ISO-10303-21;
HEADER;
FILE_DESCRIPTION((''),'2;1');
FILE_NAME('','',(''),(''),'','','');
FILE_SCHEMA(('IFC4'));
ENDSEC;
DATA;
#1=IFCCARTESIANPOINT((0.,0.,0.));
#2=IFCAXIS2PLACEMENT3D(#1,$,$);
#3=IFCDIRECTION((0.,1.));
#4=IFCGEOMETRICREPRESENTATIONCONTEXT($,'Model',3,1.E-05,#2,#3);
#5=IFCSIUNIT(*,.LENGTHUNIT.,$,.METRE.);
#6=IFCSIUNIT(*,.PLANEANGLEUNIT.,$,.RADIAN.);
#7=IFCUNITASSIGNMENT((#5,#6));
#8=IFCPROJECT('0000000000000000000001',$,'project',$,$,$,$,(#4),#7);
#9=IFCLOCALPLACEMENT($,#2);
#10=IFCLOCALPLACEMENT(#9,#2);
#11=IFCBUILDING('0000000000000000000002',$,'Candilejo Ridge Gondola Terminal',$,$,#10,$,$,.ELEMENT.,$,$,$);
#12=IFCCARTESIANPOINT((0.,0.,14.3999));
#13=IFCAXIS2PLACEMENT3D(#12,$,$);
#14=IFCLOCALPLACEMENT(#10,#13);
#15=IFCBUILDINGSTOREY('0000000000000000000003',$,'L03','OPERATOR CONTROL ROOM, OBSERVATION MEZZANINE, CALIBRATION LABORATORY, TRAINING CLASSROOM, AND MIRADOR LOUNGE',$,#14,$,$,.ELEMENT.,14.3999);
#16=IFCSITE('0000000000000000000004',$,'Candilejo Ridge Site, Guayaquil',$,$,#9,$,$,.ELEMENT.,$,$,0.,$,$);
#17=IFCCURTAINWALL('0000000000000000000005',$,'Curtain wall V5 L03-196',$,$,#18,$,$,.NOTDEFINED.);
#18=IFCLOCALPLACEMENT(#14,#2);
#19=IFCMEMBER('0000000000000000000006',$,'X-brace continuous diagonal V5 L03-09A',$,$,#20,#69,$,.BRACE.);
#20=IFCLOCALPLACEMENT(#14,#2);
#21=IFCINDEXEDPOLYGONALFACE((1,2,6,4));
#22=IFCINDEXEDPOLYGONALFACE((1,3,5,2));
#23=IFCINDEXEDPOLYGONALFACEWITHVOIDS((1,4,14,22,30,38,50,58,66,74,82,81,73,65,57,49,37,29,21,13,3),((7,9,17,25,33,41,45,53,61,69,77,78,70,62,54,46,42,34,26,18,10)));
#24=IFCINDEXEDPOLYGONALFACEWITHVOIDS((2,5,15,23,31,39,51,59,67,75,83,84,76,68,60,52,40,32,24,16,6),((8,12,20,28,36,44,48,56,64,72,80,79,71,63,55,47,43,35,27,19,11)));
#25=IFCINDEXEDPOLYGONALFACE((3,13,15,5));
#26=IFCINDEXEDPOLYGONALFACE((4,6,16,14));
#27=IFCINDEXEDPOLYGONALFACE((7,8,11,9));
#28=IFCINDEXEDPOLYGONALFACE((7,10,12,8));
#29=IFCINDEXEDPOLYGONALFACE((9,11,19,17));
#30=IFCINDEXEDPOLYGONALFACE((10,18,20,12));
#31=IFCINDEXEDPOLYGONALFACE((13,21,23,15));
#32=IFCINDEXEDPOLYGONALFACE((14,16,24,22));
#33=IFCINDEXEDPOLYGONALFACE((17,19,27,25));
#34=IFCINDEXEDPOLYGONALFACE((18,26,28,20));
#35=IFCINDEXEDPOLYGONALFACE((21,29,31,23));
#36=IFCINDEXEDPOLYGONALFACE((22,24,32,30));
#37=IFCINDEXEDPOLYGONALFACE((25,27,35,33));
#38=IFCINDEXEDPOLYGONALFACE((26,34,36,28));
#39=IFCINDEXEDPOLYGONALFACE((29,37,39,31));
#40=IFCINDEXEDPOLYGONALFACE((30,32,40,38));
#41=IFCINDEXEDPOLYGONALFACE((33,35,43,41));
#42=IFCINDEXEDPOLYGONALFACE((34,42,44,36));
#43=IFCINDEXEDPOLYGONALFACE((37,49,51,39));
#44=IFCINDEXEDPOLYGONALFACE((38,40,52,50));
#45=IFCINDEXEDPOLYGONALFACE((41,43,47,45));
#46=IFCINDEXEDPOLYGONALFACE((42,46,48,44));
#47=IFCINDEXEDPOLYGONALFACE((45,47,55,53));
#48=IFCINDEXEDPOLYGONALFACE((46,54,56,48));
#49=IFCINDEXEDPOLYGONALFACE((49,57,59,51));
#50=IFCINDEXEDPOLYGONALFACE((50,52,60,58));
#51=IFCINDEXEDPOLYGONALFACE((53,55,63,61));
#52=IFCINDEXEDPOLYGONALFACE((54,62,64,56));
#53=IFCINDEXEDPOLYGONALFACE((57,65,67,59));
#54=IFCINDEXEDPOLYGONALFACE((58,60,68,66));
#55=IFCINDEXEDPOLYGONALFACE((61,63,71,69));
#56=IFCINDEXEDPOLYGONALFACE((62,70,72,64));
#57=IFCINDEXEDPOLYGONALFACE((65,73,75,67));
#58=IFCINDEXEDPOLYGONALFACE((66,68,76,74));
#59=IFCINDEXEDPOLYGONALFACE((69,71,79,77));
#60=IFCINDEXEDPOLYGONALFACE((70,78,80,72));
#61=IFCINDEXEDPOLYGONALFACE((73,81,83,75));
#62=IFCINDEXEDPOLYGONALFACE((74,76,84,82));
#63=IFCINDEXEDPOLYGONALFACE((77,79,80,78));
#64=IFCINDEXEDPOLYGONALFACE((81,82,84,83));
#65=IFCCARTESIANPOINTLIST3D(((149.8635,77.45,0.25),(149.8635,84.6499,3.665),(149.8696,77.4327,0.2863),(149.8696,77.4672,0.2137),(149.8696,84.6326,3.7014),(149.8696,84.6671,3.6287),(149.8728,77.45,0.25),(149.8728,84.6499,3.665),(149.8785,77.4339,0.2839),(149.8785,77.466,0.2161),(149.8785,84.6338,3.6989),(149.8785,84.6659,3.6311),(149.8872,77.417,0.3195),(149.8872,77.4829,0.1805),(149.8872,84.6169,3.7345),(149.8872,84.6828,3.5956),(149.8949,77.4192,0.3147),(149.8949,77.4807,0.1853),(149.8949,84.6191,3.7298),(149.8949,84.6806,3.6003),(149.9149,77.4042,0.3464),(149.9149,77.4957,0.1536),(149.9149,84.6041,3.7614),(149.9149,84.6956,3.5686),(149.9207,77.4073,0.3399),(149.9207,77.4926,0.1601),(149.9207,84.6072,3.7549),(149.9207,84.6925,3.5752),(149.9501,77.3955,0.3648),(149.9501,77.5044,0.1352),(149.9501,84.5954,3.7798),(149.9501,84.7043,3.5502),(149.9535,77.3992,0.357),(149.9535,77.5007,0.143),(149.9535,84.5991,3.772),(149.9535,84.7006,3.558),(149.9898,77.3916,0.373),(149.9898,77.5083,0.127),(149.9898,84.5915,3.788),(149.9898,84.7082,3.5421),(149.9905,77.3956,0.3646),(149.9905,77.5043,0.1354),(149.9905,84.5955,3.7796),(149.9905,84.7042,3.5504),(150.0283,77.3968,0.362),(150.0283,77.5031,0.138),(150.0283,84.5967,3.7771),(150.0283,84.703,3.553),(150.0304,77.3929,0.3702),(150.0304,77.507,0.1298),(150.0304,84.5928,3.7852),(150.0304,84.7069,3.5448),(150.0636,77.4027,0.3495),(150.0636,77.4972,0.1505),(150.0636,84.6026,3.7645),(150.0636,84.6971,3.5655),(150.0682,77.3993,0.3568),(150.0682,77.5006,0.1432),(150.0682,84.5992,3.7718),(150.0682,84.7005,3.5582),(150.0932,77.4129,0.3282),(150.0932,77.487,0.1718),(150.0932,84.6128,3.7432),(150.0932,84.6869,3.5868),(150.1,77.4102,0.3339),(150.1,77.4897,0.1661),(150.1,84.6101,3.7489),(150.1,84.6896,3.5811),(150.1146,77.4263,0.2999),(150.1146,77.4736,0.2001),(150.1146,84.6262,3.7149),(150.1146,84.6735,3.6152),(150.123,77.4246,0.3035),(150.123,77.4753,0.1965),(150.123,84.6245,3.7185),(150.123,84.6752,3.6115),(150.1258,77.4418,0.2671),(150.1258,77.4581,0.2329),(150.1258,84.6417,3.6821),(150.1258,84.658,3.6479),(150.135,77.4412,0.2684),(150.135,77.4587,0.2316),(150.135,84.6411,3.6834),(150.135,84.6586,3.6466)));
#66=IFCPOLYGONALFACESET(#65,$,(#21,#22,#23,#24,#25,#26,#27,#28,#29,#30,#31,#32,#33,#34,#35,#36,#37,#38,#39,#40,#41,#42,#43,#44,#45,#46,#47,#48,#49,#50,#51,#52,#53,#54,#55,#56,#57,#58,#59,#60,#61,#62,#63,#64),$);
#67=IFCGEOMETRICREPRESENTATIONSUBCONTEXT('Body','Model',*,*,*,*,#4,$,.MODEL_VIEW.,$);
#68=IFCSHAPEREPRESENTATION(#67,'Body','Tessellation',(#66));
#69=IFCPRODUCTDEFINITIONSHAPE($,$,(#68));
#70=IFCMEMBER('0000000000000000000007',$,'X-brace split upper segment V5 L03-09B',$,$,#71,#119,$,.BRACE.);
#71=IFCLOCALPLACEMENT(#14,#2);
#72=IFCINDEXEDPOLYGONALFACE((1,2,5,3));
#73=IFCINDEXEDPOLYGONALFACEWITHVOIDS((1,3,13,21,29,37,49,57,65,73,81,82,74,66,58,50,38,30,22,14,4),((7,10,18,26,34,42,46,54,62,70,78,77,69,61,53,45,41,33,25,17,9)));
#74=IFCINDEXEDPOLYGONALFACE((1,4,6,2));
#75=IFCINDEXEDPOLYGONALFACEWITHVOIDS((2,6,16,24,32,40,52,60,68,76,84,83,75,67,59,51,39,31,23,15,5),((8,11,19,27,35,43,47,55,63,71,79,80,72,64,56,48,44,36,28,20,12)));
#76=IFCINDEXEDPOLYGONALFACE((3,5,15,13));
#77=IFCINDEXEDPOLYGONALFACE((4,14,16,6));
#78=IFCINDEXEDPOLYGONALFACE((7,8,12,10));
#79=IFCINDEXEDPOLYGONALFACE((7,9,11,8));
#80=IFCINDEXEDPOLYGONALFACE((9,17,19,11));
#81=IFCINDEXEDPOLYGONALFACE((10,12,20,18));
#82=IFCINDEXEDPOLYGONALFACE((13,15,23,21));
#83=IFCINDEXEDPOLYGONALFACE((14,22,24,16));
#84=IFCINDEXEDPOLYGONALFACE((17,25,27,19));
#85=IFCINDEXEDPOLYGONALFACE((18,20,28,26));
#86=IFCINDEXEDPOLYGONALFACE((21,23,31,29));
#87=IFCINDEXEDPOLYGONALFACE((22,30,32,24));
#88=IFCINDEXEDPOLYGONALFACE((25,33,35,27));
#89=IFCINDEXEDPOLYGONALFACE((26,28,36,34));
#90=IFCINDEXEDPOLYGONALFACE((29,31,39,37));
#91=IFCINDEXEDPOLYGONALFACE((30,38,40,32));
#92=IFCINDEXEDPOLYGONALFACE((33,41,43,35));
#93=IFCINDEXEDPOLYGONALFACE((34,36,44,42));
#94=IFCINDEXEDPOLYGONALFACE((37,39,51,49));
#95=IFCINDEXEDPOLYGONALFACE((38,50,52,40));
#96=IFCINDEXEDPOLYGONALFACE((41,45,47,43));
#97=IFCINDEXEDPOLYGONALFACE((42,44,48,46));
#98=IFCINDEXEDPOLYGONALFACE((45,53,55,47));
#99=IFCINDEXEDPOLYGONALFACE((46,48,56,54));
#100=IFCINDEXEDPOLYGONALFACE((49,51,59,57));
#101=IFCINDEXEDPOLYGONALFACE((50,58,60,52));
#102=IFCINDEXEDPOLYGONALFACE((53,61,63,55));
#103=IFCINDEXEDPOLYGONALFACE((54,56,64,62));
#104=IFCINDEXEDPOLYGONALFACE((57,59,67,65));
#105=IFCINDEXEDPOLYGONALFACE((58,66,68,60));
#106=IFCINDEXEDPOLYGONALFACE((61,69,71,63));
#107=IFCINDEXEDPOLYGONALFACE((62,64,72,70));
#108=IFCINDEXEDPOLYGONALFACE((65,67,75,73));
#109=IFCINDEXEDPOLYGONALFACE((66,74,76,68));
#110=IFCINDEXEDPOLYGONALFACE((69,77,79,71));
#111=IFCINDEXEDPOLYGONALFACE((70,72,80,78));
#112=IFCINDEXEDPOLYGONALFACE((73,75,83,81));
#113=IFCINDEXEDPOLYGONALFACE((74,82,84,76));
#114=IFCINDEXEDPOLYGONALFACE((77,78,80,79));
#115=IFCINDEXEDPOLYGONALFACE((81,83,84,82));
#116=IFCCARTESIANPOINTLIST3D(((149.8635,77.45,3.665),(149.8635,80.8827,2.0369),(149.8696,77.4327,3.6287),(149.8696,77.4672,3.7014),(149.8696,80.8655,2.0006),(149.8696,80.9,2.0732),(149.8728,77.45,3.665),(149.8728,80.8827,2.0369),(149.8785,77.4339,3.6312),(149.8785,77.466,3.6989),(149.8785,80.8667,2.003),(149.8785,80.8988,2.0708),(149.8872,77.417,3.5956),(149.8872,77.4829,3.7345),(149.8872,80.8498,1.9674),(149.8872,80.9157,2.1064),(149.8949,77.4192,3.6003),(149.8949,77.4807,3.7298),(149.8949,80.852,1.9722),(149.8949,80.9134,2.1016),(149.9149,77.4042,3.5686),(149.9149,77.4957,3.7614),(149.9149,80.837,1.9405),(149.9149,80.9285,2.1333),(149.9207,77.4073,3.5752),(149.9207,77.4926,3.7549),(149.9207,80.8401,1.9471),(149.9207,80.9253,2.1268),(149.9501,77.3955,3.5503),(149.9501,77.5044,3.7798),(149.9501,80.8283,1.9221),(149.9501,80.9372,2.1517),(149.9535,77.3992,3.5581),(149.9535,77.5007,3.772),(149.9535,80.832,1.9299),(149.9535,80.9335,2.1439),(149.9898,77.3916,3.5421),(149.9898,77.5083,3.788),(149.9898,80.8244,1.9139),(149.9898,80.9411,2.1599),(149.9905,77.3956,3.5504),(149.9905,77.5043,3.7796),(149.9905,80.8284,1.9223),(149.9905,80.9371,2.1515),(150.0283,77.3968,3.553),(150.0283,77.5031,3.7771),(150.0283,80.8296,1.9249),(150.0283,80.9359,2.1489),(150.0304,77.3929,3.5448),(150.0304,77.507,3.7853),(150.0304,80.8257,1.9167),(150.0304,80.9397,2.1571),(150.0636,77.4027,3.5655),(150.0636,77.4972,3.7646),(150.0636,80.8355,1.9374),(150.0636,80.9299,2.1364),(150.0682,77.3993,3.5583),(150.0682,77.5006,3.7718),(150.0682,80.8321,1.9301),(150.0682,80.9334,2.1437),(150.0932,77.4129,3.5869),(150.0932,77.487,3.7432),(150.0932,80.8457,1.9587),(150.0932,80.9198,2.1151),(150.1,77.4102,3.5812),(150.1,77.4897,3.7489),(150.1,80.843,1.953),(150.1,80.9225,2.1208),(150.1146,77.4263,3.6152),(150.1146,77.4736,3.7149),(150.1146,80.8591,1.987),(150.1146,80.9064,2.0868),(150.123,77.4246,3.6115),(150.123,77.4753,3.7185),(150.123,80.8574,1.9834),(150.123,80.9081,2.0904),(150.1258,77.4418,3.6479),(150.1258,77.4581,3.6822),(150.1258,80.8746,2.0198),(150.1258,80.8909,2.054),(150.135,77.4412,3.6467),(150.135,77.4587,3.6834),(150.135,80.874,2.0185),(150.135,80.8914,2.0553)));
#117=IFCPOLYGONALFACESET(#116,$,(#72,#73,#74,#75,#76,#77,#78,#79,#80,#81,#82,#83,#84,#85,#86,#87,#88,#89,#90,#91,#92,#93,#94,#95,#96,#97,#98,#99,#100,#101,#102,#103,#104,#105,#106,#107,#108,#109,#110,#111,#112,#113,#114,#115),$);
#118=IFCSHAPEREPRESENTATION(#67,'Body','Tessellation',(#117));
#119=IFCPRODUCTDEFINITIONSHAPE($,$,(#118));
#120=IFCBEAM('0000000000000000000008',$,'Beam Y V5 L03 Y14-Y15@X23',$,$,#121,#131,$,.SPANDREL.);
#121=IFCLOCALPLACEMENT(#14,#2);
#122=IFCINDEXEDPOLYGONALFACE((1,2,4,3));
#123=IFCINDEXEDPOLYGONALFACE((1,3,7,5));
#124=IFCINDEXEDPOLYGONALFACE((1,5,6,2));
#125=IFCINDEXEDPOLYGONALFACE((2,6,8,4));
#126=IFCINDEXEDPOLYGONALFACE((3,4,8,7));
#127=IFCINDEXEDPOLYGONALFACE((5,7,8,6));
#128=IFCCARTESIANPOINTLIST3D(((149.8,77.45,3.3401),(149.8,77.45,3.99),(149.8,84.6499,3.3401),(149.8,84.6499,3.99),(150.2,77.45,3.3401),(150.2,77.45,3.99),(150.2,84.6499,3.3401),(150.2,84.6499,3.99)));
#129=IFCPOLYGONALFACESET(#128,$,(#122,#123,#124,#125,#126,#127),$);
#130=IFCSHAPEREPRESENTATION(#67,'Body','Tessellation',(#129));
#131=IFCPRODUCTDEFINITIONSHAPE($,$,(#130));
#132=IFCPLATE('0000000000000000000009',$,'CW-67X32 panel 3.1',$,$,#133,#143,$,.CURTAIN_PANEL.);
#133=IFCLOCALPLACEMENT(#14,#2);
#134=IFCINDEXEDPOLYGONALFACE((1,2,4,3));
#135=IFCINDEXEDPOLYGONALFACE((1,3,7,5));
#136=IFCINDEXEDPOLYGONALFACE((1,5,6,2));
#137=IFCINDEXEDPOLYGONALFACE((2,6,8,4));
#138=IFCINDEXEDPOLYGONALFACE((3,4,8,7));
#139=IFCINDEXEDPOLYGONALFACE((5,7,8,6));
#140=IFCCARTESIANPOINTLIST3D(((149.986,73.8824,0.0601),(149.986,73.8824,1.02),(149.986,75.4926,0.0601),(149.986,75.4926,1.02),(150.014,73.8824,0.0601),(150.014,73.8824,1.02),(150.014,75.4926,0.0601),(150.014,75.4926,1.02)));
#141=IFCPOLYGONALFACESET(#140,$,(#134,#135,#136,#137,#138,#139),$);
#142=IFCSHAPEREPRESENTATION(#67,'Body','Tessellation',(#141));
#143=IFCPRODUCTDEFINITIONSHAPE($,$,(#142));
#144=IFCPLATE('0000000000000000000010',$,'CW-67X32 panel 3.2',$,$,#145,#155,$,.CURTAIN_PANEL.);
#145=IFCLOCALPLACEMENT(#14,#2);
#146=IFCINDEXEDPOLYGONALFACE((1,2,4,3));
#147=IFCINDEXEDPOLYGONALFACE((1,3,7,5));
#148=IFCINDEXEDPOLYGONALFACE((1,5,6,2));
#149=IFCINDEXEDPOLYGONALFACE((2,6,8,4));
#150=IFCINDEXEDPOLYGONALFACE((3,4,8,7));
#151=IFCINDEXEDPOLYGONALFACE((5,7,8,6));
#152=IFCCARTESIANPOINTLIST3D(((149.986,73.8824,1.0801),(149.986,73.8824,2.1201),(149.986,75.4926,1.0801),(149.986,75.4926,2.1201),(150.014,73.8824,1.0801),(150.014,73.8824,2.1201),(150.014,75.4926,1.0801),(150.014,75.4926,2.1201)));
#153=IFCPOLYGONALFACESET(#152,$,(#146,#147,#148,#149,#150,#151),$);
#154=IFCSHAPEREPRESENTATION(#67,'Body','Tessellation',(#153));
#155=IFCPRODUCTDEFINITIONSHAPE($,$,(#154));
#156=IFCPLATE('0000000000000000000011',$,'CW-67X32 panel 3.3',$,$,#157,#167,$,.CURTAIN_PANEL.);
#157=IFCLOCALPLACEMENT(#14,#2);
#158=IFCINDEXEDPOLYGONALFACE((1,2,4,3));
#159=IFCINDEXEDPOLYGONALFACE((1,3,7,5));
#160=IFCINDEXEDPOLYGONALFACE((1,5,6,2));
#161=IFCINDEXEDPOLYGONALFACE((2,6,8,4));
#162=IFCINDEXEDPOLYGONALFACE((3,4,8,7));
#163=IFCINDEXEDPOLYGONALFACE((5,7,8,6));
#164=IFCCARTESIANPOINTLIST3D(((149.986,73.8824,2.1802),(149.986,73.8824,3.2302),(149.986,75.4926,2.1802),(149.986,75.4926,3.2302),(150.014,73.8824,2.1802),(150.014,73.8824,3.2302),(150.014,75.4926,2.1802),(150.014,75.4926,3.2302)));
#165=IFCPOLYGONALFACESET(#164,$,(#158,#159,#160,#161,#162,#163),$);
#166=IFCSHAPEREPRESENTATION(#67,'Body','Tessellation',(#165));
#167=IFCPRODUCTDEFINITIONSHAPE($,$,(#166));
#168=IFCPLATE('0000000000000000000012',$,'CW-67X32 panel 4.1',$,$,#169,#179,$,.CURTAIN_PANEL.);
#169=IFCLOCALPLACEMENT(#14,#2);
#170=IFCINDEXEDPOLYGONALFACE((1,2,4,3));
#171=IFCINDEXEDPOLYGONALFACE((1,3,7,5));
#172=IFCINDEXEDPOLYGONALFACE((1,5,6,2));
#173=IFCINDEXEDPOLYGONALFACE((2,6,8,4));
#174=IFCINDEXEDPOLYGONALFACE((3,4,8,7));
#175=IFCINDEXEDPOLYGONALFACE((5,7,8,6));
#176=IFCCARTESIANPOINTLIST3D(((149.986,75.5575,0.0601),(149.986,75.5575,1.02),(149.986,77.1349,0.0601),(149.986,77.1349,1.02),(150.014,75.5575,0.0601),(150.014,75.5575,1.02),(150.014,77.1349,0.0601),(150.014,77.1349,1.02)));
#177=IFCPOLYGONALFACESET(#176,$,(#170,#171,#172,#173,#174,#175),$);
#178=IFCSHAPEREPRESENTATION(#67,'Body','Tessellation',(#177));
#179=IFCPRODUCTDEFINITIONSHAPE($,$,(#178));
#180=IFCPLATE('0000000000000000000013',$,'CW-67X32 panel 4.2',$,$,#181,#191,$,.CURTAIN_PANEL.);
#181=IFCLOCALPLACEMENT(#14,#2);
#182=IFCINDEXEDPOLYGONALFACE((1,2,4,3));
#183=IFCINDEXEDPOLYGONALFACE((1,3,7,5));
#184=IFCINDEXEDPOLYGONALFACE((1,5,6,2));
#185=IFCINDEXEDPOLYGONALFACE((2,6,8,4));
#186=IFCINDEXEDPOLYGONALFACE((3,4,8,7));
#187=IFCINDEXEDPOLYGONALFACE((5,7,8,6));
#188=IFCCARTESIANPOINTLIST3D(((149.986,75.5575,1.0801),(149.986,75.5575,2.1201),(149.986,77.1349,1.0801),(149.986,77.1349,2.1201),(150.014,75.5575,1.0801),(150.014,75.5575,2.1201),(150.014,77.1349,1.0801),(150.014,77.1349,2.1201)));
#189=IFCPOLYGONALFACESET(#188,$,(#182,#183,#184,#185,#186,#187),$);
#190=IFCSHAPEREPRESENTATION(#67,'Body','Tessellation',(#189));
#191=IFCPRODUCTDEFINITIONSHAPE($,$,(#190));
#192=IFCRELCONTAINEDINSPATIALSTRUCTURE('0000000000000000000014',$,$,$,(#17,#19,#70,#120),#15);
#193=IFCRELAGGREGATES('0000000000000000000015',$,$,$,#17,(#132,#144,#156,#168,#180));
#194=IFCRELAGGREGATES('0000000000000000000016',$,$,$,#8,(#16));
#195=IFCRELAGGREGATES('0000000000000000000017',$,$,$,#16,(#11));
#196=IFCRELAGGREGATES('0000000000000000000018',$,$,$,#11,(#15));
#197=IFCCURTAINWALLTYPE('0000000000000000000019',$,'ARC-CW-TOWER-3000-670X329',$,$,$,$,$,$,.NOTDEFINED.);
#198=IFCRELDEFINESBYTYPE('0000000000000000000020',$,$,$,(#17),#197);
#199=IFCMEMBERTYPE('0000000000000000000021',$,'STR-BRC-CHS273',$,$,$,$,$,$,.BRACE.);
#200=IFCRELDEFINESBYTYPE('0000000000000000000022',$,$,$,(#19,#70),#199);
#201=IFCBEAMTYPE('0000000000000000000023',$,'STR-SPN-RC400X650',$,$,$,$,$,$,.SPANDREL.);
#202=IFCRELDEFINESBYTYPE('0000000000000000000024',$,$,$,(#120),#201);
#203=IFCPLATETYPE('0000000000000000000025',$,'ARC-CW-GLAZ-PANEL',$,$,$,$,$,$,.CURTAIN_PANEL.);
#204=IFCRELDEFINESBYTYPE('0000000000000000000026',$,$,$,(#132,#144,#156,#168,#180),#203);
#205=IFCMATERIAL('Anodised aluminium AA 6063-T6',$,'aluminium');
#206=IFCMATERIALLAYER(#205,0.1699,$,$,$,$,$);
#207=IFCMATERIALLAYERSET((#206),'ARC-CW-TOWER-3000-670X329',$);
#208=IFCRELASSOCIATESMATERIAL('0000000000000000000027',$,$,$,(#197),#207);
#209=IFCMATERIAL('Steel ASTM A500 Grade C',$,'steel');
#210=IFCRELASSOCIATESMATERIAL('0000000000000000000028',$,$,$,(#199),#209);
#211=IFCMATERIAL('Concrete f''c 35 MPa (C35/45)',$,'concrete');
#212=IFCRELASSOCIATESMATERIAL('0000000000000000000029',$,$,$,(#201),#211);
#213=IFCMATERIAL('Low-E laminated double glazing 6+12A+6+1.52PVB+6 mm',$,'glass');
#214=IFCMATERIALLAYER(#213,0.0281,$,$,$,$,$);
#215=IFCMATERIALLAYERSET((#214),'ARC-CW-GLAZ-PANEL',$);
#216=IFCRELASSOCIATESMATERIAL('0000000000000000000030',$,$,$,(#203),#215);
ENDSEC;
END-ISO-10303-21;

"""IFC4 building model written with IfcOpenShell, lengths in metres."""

from ifc_helpers import new_model, si_unit, direction, frame, origin, origin_2d, place, context, subcontext, project, spatial, rectangle, hollow_circle, extrude, material, layer, layer_set, material_profile, profile_set, type_object, element, aggregate, save


model = new_model("IFC4")

# Units and contexts
model_context = context("Model", 3, precision=1e-05, world=origin(), true_north=direction((0.0, 1.0)))
body_context = subcontext(model_context, "Body", "Model", "MODEL_VIEW")
ifc_project = project(units=[si_unit("LENGTHUNIT", "METRE"), si_unit("PLANEANGLEUNIT", "RADIAN")], contexts=[model_context])

# Site, building, storey
site_placement = place(None, origin())
site = spatial("IfcSite", under=ifc_project, at=site_placement, Name="Candilejo Ridge Site, Guayaquil", CompositionType="ELEMENT", RefElevation=0.0)
building_placement = place(site_placement, origin())
building = spatial("IfcBuilding", under=site, at=building_placement, Name="Candilejo Ridge Gondola Terminal", CompositionType="ELEMENT")
storey_placement = place(building_placement, frame((0.0, 0.0, 14.3999)))
storey = spatial("IfcBuildingStorey", under=building, at=storey_placement, Name="L03", Description="OPERATOR CONTROL ROOM, OBSERVATION MEZZANINE, CALIBRATION LABORATORY, TRAINING CLASSROOM, AND MIRADOR LOUNGE", CompositionType="ELEMENT", Elevation=14.3999)

# Curtain wall
ifc_material_1 = material(Name="Anodised aluminium AA 6063-T6", Category="aluminium")
ifc_layer_1 = layer(ifc_material_1, 0.1699)
ifc_layer_set_1 = layer_set([ifc_layer_1], Name="ARC-CW-TOWER-3000-670X329")
curtain_wall_type = type_object("IfcCurtainWallType", Name="ARC-CW-TOWER-3000-670X329", PredefinedType="NOTDEFINED", material=ifc_layer_set_1)
curtain_wall_placement = place(storey_placement, origin())
curtain_wall = element("IfcCurtainWall", 1, at=curtain_wall_placement, inside=storey, type_object=curtain_wall_type, Name="Curtain wall V5 L03-196", PredefinedType="NOTDEFINED")

# Members
ifc_material_2 = material(Name="Steel ASTM A500 Grade C", Category="steel")
ifc_material_profile_1 = material_profile(ifc_material_2, hollow_circle(Radius=0.1365, WallThickness=0.0093, at=origin_2d()))
ifc_profile_set_1 = profile_set([ifc_material_profile_1], Name="Steel ASTM A500 Grade C")
member_type_1 = type_object("IfcMemberType", Name="STR-BRC-CHS273", PredefinedType="BRACE", material=ifc_profile_set_1)
member_1_placement = place(storey_placement, frame((150.0, 77.45, 0.25), z_axis=(0.0, 0.903518, 0.428551), x_axis=(-1.0, 0.0, 0.0)))
element("IfcMember", 2, at=member_1_placement, inside=storey, type_object=member_type_1, Name="X-brace continuous diagonal V5 L03-09A", PredefinedType="BRACE", context=body_context, shape_type="SweptSolid", body=[
    extrude(hollow_circle(Radius=0.1365, WallThickness=0.0093, at=origin_2d()), origin(), (0.0, 0.0, 1.0), 7.9688),
])
member_2_placement = place(storey_placement, frame((150.0, 77.45, 3.665), z_axis=(0.0, 0.903526, -0.428534), x_axis=(-1.0, 0.0, 0.0)))
element("IfcMember", 3, at=member_2_placement, inside=storey, type_object=member_type_1, Name="X-brace split upper segment V5 L03-09B", PredefinedType="BRACE", context=body_context, shape_type="SweptSolid", body=[
    extrude(hollow_circle(Radius=0.1365, WallThickness=0.0093, at=origin_2d()), origin(), (0.0, 0.0, 1.0), 3.7993),
])

# Beam
ifc_material_3 = material(Name="Concrete f'c 35 MPa (C35/45)", Category="concrete")
ifc_material_profile_2 = material_profile(ifc_material_3, rectangle(XDim=0.3999, YDim=0.6499, at=origin_2d()))
ifc_profile_set_2 = profile_set([ifc_material_profile_2], Name="Concrete f'c 35 MPa (C35/45)")
beam_type_1 = type_object("IfcBeamType", Name="STR-SPN-RC400X650", PredefinedType="SPANDREL", material=ifc_profile_set_2)
beam_1_placement = place(storey_placement, frame((150.0, 77.45, 3.665), z_axis=(0.0, 1.0, 0.0), x_axis=(-1.0, 0.0, 0.0)))
element("IfcBeam", 4, at=beam_1_placement, inside=storey, type_object=beam_type_1, Name="Beam Y V5 L03 Y14-Y15@X23", PredefinedType="SPANDREL", context=body_context, shape_type="SweptSolid", body=[
    extrude(rectangle(XDim=0.3999, YDim=0.6499, at=origin_2d()), origin(), (0.0, 0.0, 1.0), 7.2),
])

# Plates
ifc_material_4 = material(Name="Low-E laminated double glazing 6+12A+6+1.52PVB+6 mm", Category="glass")
ifc_layer_2 = layer(ifc_material_4, 0.0281)
ifc_layer_set_2 = layer_set([ifc_layer_2], Name="ARC-CW-GLAZ-PANEL")
plate_type_1 = type_object("IfcPlateType", Name="ARC-CW-GLAZ-PANEL", PredefinedType="CURTAIN_PANEL", material=ifc_layer_set_2)
plate_1_placement = place(storey_placement, frame((150.0, 74.6875, 0.0601), z_axis=(0.0, 0.0, 1.0), x_axis=(0.0, 1.0, 0.0)))
plate_1 = element("IfcPlate", 5, at=plate_1_placement, type_object=plate_type_1, Name="CW-67X32 panel 3.1", PredefinedType="CURTAIN_PANEL", context=body_context, shape_type="SweptSolid", body=[
    extrude(rectangle(XDim=1.6101, YDim=0.0281, at=origin_2d()), origin(), (0.0, 0.0, 1.0), 0.96),
])
plate_2_placement = place(storey_placement, frame((150.0, 74.6875, 1.0801), z_axis=(0.0, 0.0, 1.0), x_axis=(0.0, 1.0, 0.0)))
plate_2 = element("IfcPlate", 6, at=plate_2_placement, type_object=plate_type_1, Name="CW-67X32 panel 3.2", PredefinedType="CURTAIN_PANEL", context=body_context, shape_type="SweptSolid", body=[
    extrude(rectangle(XDim=1.6101, YDim=0.0281, at=origin_2d()), origin(), (0.0, 0.0, 1.0), 1.04),
])
plate_3_placement = place(storey_placement, frame((150.0, 74.6875, 2.1802), z_axis=(0.0, 0.0, 1.0), x_axis=(0.0, 1.0, 0.0)))
plate_3 = element("IfcPlate", 7, at=plate_3_placement, type_object=plate_type_1, Name="CW-67X32 panel 3.3", PredefinedType="CURTAIN_PANEL", context=body_context, shape_type="SweptSolid", body=[
    extrude(rectangle(XDim=1.6101, YDim=0.0281, at=origin_2d()), origin(), (0.0, 0.0, 1.0), 1.05),
])
plate_4_placement = place(storey_placement, frame((150.0, 76.3462, 0.0601), z_axis=(0.0, 0.0, 1.0), x_axis=(0.0, 1.0, 0.0)))
plate_4 = element("IfcPlate", 8, at=plate_4_placement, type_object=plate_type_1, Name="CW-67X32 panel 4.1", PredefinedType="CURTAIN_PANEL", context=body_context, shape_type="SweptSolid", body=[
    extrude(rectangle(XDim=1.5774, YDim=0.0281, at=origin_2d()), origin(), (0.0, 0.0, 1.0), 0.96),
])
plate_5_placement = place(storey_placement, frame((150.0, 76.3462, 1.0801), z_axis=(0.0, 0.0, 1.0), x_axis=(0.0, 1.0, 0.0)))
plate_5 = element("IfcPlate", 9, at=plate_5_placement, type_object=plate_type_1, Name="CW-67X32 panel 4.2", PredefinedType="CURTAIN_PANEL", context=body_context, shape_type="SweptSolid", body=[
    extrude(rectangle(XDim=1.5774, YDim=0.0281, at=origin_2d()), origin(), (0.0, 0.0, 1.0), 1.04),
])
aggregate(curtain_wall, [plate_1, plate_2, plate_3, plate_4, plate_5])

save(model, "model.ifc")
